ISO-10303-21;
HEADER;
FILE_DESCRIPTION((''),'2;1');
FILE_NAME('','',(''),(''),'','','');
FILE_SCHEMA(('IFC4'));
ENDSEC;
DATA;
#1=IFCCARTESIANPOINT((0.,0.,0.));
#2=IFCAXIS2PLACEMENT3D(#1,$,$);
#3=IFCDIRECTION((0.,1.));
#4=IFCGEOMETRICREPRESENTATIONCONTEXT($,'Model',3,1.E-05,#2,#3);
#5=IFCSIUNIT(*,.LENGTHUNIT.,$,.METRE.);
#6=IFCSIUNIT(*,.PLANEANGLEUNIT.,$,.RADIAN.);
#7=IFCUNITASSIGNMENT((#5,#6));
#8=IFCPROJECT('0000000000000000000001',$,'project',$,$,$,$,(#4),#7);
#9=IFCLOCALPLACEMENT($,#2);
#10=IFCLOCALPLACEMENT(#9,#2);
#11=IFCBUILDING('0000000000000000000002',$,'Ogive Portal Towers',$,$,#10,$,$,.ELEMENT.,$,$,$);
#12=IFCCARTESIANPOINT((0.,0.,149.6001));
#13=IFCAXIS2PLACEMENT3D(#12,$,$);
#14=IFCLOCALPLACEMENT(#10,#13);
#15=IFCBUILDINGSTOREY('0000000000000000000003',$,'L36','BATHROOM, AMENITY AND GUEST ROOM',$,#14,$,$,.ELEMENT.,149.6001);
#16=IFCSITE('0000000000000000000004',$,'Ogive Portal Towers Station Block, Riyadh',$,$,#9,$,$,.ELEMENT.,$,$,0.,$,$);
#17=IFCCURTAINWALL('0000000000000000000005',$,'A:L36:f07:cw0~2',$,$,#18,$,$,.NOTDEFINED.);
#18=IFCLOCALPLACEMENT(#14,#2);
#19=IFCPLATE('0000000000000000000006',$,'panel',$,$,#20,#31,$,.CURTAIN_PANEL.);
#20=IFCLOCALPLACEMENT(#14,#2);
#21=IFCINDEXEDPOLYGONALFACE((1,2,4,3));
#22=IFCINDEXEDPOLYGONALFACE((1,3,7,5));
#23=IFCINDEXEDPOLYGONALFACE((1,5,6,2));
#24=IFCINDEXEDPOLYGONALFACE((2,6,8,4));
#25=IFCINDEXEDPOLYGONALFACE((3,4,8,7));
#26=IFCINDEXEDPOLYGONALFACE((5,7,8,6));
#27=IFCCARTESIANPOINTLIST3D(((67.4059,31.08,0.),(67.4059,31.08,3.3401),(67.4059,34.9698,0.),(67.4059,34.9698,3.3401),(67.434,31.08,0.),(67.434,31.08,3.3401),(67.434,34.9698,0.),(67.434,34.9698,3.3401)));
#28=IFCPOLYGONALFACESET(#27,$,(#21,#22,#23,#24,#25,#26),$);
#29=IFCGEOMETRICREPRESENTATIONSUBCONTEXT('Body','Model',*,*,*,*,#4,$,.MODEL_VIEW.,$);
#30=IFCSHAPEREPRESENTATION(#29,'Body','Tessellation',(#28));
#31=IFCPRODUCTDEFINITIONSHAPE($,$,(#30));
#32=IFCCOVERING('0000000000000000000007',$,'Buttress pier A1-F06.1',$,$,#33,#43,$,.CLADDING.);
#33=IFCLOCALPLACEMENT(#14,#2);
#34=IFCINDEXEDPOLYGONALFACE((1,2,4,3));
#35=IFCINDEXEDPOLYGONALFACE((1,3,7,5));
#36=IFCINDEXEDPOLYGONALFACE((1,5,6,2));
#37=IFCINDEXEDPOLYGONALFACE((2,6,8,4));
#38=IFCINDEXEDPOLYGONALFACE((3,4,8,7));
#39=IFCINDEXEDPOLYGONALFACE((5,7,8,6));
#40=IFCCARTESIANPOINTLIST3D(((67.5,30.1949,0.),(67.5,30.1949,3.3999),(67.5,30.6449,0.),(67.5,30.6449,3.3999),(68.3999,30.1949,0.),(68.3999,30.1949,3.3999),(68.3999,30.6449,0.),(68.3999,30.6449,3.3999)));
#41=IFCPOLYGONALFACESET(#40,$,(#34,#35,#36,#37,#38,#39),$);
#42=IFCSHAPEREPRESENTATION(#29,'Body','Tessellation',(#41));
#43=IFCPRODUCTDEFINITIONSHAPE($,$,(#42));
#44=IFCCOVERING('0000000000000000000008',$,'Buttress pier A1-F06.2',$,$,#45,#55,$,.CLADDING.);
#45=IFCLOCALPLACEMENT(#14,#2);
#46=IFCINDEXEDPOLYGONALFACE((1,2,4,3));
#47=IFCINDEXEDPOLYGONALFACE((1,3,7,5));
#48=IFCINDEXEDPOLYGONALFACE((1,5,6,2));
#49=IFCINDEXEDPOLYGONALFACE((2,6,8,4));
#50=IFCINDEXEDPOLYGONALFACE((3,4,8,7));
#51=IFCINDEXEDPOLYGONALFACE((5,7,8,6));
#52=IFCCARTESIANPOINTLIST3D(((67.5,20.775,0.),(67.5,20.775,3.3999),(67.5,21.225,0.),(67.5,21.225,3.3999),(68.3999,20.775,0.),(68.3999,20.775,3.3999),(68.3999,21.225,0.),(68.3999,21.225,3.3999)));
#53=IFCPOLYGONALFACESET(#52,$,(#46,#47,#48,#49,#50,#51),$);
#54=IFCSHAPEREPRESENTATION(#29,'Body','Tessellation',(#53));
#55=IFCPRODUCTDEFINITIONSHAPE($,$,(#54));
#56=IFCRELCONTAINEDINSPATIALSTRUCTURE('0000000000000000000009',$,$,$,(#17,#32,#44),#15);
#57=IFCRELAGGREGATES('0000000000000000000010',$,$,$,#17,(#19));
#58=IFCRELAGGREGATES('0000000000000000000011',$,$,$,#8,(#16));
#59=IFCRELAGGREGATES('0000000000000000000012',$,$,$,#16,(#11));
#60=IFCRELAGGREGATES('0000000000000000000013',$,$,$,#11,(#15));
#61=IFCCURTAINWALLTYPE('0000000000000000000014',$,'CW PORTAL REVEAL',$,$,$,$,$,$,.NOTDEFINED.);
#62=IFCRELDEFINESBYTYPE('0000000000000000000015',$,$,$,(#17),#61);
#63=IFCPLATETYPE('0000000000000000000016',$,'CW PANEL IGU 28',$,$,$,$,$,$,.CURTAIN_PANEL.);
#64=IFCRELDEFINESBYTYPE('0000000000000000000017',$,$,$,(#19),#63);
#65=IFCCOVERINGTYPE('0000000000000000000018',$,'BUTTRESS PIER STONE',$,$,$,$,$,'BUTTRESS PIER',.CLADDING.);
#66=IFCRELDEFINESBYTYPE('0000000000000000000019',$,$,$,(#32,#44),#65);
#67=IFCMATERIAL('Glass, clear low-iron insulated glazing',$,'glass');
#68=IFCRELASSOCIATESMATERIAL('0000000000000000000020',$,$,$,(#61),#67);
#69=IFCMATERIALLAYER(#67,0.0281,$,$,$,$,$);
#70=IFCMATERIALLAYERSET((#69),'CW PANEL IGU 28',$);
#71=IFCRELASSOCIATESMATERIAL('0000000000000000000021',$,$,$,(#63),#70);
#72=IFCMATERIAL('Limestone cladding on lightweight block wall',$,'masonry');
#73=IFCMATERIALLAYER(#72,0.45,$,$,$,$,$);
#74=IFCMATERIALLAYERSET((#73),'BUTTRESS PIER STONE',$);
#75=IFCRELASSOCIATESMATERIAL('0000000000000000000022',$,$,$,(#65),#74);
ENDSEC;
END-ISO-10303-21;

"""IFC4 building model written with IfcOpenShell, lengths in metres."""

from ifc_helpers import new_model, si_unit, direction, frame, origin, origin_2d, place, context, subcontext, project, spatial, rectangle, extrude, material, layer, layer_set, type_object, element, aggregate, save


model = new_model("IFC4")

# Units and contexts
model_context = context("Model", 3, precision=1e-05, world=origin(), true_north=direction((0.0, 1.0)))
body_context = subcontext(model_context, "Body", "Model", "MODEL_VIEW")
ifc_project = project(units=[si_unit("LENGTHUNIT", "METRE"), si_unit("PLANEANGLEUNIT", "RADIAN")], contexts=[model_context])

# Site, building, storey
site_placement = place(None, origin())
site = spatial("IfcSite", under=ifc_project, at=site_placement, Name="Ogive Portal Towers Station Block, Riyadh", CompositionType="ELEMENT", RefElevation=0.0)
building_placement = place(site_placement, origin())
building = spatial("IfcBuilding", under=site, at=building_placement, Name="Ogive Portal Towers", CompositionType="ELEMENT")
storey_placement = place(building_placement, frame((0.0, 0.0, 149.6001)))
storey = spatial("IfcBuildingStorey", under=building, at=storey_placement, Name="L36", Description="BATHROOM, AMENITY AND GUEST ROOM", CompositionType="ELEMENT", Elevation=149.6001)

# Shared definitions
ifc_material_1 = material(Name="Glass, clear low-iron insulated glazing", Category="glass")
curtain_wall_type = type_object("IfcCurtainWallType", Name="CW PORTAL REVEAL", PredefinedType="NOTDEFINED", material=ifc_material_1)

# Curtain wall
curtain_wall_1_placement = place(storey_placement, origin())
curtain_wall_1 = element("IfcCurtainWall", 1, at=curtain_wall_1_placement, inside=storey, type_object=curtain_wall_type, Name="A:L36:f07:cw0~2", PredefinedType="NOTDEFINED")

# Plate
ifc_layer_1 = layer(ifc_material_1, 0.0281)
ifc_layer_set_1 = layer_set([ifc_layer_1], Name="CW PANEL IGU 28")
plate_type = type_object("IfcPlateType", Name="CW PANEL IGU 28", PredefinedType="CURTAIN_PANEL", material=ifc_layer_set_1)
plate_1_placement = place(storey_placement, frame((67.4199, 33.0249, 0.0), z_axis=(0.0, 0.0, 1.0), x_axis=(0.0, 1.0, 0.0)))
plate_1 = element("IfcPlate", 2, at=plate_1_placement, type_object=plate_type, Name="panel", PredefinedType="CURTAIN_PANEL", context=body_context, shape_type="SweptSolid", body=[
    extrude(rectangle(XDim=3.8899, YDim=0.0281, at=origin_2d()), origin(), (0.0, 0.0, 1.0), 3.3401),
])
aggregate(curtain_wall_1, [plate_1])

# Coverings
ifc_material_2 = material(Name="Limestone cladding on lightweight block wall", Category="masonry")
ifc_layer_2 = layer(ifc_material_2, 0.45)
ifc_layer_set_2 = layer_set([ifc_layer_2], Name="BUTTRESS PIER STONE")
covering_type = type_object("IfcCoveringType", Name="BUTTRESS PIER STONE", ElementType="BUTTRESS PIER", PredefinedType="CLADDING", material=ifc_layer_set_2)
for number, where, z_axis, x_axis, name in (
    (3, (67.95, 30.4199, 0.0), (0.0, 0.0, 1.0), (1.0, 0.0, 0.0), "Buttress pier A1-F06.1"),
    (4, (67.95, 21.0, 0.0), (0.0, 0.0, 1.0), (1.0, 0.0, 0.0), "Buttress pier A1-F06.2"),
):
    element("IfcCovering", number, at=place(storey_placement, frame(where, z_axis=z_axis, x_axis=x_axis)), inside=storey, type_object=covering_type, Name=name, PredefinedType="CLADDING", context=body_context, shape_type="SweptSolid", body=[
        extrude(rectangle(XDim=0.8999, YDim=0.45, at=origin_2d()), origin(), (0.0, 0.0, 1.0), 3.3999),
    ])

save(model, "model.ifc")
